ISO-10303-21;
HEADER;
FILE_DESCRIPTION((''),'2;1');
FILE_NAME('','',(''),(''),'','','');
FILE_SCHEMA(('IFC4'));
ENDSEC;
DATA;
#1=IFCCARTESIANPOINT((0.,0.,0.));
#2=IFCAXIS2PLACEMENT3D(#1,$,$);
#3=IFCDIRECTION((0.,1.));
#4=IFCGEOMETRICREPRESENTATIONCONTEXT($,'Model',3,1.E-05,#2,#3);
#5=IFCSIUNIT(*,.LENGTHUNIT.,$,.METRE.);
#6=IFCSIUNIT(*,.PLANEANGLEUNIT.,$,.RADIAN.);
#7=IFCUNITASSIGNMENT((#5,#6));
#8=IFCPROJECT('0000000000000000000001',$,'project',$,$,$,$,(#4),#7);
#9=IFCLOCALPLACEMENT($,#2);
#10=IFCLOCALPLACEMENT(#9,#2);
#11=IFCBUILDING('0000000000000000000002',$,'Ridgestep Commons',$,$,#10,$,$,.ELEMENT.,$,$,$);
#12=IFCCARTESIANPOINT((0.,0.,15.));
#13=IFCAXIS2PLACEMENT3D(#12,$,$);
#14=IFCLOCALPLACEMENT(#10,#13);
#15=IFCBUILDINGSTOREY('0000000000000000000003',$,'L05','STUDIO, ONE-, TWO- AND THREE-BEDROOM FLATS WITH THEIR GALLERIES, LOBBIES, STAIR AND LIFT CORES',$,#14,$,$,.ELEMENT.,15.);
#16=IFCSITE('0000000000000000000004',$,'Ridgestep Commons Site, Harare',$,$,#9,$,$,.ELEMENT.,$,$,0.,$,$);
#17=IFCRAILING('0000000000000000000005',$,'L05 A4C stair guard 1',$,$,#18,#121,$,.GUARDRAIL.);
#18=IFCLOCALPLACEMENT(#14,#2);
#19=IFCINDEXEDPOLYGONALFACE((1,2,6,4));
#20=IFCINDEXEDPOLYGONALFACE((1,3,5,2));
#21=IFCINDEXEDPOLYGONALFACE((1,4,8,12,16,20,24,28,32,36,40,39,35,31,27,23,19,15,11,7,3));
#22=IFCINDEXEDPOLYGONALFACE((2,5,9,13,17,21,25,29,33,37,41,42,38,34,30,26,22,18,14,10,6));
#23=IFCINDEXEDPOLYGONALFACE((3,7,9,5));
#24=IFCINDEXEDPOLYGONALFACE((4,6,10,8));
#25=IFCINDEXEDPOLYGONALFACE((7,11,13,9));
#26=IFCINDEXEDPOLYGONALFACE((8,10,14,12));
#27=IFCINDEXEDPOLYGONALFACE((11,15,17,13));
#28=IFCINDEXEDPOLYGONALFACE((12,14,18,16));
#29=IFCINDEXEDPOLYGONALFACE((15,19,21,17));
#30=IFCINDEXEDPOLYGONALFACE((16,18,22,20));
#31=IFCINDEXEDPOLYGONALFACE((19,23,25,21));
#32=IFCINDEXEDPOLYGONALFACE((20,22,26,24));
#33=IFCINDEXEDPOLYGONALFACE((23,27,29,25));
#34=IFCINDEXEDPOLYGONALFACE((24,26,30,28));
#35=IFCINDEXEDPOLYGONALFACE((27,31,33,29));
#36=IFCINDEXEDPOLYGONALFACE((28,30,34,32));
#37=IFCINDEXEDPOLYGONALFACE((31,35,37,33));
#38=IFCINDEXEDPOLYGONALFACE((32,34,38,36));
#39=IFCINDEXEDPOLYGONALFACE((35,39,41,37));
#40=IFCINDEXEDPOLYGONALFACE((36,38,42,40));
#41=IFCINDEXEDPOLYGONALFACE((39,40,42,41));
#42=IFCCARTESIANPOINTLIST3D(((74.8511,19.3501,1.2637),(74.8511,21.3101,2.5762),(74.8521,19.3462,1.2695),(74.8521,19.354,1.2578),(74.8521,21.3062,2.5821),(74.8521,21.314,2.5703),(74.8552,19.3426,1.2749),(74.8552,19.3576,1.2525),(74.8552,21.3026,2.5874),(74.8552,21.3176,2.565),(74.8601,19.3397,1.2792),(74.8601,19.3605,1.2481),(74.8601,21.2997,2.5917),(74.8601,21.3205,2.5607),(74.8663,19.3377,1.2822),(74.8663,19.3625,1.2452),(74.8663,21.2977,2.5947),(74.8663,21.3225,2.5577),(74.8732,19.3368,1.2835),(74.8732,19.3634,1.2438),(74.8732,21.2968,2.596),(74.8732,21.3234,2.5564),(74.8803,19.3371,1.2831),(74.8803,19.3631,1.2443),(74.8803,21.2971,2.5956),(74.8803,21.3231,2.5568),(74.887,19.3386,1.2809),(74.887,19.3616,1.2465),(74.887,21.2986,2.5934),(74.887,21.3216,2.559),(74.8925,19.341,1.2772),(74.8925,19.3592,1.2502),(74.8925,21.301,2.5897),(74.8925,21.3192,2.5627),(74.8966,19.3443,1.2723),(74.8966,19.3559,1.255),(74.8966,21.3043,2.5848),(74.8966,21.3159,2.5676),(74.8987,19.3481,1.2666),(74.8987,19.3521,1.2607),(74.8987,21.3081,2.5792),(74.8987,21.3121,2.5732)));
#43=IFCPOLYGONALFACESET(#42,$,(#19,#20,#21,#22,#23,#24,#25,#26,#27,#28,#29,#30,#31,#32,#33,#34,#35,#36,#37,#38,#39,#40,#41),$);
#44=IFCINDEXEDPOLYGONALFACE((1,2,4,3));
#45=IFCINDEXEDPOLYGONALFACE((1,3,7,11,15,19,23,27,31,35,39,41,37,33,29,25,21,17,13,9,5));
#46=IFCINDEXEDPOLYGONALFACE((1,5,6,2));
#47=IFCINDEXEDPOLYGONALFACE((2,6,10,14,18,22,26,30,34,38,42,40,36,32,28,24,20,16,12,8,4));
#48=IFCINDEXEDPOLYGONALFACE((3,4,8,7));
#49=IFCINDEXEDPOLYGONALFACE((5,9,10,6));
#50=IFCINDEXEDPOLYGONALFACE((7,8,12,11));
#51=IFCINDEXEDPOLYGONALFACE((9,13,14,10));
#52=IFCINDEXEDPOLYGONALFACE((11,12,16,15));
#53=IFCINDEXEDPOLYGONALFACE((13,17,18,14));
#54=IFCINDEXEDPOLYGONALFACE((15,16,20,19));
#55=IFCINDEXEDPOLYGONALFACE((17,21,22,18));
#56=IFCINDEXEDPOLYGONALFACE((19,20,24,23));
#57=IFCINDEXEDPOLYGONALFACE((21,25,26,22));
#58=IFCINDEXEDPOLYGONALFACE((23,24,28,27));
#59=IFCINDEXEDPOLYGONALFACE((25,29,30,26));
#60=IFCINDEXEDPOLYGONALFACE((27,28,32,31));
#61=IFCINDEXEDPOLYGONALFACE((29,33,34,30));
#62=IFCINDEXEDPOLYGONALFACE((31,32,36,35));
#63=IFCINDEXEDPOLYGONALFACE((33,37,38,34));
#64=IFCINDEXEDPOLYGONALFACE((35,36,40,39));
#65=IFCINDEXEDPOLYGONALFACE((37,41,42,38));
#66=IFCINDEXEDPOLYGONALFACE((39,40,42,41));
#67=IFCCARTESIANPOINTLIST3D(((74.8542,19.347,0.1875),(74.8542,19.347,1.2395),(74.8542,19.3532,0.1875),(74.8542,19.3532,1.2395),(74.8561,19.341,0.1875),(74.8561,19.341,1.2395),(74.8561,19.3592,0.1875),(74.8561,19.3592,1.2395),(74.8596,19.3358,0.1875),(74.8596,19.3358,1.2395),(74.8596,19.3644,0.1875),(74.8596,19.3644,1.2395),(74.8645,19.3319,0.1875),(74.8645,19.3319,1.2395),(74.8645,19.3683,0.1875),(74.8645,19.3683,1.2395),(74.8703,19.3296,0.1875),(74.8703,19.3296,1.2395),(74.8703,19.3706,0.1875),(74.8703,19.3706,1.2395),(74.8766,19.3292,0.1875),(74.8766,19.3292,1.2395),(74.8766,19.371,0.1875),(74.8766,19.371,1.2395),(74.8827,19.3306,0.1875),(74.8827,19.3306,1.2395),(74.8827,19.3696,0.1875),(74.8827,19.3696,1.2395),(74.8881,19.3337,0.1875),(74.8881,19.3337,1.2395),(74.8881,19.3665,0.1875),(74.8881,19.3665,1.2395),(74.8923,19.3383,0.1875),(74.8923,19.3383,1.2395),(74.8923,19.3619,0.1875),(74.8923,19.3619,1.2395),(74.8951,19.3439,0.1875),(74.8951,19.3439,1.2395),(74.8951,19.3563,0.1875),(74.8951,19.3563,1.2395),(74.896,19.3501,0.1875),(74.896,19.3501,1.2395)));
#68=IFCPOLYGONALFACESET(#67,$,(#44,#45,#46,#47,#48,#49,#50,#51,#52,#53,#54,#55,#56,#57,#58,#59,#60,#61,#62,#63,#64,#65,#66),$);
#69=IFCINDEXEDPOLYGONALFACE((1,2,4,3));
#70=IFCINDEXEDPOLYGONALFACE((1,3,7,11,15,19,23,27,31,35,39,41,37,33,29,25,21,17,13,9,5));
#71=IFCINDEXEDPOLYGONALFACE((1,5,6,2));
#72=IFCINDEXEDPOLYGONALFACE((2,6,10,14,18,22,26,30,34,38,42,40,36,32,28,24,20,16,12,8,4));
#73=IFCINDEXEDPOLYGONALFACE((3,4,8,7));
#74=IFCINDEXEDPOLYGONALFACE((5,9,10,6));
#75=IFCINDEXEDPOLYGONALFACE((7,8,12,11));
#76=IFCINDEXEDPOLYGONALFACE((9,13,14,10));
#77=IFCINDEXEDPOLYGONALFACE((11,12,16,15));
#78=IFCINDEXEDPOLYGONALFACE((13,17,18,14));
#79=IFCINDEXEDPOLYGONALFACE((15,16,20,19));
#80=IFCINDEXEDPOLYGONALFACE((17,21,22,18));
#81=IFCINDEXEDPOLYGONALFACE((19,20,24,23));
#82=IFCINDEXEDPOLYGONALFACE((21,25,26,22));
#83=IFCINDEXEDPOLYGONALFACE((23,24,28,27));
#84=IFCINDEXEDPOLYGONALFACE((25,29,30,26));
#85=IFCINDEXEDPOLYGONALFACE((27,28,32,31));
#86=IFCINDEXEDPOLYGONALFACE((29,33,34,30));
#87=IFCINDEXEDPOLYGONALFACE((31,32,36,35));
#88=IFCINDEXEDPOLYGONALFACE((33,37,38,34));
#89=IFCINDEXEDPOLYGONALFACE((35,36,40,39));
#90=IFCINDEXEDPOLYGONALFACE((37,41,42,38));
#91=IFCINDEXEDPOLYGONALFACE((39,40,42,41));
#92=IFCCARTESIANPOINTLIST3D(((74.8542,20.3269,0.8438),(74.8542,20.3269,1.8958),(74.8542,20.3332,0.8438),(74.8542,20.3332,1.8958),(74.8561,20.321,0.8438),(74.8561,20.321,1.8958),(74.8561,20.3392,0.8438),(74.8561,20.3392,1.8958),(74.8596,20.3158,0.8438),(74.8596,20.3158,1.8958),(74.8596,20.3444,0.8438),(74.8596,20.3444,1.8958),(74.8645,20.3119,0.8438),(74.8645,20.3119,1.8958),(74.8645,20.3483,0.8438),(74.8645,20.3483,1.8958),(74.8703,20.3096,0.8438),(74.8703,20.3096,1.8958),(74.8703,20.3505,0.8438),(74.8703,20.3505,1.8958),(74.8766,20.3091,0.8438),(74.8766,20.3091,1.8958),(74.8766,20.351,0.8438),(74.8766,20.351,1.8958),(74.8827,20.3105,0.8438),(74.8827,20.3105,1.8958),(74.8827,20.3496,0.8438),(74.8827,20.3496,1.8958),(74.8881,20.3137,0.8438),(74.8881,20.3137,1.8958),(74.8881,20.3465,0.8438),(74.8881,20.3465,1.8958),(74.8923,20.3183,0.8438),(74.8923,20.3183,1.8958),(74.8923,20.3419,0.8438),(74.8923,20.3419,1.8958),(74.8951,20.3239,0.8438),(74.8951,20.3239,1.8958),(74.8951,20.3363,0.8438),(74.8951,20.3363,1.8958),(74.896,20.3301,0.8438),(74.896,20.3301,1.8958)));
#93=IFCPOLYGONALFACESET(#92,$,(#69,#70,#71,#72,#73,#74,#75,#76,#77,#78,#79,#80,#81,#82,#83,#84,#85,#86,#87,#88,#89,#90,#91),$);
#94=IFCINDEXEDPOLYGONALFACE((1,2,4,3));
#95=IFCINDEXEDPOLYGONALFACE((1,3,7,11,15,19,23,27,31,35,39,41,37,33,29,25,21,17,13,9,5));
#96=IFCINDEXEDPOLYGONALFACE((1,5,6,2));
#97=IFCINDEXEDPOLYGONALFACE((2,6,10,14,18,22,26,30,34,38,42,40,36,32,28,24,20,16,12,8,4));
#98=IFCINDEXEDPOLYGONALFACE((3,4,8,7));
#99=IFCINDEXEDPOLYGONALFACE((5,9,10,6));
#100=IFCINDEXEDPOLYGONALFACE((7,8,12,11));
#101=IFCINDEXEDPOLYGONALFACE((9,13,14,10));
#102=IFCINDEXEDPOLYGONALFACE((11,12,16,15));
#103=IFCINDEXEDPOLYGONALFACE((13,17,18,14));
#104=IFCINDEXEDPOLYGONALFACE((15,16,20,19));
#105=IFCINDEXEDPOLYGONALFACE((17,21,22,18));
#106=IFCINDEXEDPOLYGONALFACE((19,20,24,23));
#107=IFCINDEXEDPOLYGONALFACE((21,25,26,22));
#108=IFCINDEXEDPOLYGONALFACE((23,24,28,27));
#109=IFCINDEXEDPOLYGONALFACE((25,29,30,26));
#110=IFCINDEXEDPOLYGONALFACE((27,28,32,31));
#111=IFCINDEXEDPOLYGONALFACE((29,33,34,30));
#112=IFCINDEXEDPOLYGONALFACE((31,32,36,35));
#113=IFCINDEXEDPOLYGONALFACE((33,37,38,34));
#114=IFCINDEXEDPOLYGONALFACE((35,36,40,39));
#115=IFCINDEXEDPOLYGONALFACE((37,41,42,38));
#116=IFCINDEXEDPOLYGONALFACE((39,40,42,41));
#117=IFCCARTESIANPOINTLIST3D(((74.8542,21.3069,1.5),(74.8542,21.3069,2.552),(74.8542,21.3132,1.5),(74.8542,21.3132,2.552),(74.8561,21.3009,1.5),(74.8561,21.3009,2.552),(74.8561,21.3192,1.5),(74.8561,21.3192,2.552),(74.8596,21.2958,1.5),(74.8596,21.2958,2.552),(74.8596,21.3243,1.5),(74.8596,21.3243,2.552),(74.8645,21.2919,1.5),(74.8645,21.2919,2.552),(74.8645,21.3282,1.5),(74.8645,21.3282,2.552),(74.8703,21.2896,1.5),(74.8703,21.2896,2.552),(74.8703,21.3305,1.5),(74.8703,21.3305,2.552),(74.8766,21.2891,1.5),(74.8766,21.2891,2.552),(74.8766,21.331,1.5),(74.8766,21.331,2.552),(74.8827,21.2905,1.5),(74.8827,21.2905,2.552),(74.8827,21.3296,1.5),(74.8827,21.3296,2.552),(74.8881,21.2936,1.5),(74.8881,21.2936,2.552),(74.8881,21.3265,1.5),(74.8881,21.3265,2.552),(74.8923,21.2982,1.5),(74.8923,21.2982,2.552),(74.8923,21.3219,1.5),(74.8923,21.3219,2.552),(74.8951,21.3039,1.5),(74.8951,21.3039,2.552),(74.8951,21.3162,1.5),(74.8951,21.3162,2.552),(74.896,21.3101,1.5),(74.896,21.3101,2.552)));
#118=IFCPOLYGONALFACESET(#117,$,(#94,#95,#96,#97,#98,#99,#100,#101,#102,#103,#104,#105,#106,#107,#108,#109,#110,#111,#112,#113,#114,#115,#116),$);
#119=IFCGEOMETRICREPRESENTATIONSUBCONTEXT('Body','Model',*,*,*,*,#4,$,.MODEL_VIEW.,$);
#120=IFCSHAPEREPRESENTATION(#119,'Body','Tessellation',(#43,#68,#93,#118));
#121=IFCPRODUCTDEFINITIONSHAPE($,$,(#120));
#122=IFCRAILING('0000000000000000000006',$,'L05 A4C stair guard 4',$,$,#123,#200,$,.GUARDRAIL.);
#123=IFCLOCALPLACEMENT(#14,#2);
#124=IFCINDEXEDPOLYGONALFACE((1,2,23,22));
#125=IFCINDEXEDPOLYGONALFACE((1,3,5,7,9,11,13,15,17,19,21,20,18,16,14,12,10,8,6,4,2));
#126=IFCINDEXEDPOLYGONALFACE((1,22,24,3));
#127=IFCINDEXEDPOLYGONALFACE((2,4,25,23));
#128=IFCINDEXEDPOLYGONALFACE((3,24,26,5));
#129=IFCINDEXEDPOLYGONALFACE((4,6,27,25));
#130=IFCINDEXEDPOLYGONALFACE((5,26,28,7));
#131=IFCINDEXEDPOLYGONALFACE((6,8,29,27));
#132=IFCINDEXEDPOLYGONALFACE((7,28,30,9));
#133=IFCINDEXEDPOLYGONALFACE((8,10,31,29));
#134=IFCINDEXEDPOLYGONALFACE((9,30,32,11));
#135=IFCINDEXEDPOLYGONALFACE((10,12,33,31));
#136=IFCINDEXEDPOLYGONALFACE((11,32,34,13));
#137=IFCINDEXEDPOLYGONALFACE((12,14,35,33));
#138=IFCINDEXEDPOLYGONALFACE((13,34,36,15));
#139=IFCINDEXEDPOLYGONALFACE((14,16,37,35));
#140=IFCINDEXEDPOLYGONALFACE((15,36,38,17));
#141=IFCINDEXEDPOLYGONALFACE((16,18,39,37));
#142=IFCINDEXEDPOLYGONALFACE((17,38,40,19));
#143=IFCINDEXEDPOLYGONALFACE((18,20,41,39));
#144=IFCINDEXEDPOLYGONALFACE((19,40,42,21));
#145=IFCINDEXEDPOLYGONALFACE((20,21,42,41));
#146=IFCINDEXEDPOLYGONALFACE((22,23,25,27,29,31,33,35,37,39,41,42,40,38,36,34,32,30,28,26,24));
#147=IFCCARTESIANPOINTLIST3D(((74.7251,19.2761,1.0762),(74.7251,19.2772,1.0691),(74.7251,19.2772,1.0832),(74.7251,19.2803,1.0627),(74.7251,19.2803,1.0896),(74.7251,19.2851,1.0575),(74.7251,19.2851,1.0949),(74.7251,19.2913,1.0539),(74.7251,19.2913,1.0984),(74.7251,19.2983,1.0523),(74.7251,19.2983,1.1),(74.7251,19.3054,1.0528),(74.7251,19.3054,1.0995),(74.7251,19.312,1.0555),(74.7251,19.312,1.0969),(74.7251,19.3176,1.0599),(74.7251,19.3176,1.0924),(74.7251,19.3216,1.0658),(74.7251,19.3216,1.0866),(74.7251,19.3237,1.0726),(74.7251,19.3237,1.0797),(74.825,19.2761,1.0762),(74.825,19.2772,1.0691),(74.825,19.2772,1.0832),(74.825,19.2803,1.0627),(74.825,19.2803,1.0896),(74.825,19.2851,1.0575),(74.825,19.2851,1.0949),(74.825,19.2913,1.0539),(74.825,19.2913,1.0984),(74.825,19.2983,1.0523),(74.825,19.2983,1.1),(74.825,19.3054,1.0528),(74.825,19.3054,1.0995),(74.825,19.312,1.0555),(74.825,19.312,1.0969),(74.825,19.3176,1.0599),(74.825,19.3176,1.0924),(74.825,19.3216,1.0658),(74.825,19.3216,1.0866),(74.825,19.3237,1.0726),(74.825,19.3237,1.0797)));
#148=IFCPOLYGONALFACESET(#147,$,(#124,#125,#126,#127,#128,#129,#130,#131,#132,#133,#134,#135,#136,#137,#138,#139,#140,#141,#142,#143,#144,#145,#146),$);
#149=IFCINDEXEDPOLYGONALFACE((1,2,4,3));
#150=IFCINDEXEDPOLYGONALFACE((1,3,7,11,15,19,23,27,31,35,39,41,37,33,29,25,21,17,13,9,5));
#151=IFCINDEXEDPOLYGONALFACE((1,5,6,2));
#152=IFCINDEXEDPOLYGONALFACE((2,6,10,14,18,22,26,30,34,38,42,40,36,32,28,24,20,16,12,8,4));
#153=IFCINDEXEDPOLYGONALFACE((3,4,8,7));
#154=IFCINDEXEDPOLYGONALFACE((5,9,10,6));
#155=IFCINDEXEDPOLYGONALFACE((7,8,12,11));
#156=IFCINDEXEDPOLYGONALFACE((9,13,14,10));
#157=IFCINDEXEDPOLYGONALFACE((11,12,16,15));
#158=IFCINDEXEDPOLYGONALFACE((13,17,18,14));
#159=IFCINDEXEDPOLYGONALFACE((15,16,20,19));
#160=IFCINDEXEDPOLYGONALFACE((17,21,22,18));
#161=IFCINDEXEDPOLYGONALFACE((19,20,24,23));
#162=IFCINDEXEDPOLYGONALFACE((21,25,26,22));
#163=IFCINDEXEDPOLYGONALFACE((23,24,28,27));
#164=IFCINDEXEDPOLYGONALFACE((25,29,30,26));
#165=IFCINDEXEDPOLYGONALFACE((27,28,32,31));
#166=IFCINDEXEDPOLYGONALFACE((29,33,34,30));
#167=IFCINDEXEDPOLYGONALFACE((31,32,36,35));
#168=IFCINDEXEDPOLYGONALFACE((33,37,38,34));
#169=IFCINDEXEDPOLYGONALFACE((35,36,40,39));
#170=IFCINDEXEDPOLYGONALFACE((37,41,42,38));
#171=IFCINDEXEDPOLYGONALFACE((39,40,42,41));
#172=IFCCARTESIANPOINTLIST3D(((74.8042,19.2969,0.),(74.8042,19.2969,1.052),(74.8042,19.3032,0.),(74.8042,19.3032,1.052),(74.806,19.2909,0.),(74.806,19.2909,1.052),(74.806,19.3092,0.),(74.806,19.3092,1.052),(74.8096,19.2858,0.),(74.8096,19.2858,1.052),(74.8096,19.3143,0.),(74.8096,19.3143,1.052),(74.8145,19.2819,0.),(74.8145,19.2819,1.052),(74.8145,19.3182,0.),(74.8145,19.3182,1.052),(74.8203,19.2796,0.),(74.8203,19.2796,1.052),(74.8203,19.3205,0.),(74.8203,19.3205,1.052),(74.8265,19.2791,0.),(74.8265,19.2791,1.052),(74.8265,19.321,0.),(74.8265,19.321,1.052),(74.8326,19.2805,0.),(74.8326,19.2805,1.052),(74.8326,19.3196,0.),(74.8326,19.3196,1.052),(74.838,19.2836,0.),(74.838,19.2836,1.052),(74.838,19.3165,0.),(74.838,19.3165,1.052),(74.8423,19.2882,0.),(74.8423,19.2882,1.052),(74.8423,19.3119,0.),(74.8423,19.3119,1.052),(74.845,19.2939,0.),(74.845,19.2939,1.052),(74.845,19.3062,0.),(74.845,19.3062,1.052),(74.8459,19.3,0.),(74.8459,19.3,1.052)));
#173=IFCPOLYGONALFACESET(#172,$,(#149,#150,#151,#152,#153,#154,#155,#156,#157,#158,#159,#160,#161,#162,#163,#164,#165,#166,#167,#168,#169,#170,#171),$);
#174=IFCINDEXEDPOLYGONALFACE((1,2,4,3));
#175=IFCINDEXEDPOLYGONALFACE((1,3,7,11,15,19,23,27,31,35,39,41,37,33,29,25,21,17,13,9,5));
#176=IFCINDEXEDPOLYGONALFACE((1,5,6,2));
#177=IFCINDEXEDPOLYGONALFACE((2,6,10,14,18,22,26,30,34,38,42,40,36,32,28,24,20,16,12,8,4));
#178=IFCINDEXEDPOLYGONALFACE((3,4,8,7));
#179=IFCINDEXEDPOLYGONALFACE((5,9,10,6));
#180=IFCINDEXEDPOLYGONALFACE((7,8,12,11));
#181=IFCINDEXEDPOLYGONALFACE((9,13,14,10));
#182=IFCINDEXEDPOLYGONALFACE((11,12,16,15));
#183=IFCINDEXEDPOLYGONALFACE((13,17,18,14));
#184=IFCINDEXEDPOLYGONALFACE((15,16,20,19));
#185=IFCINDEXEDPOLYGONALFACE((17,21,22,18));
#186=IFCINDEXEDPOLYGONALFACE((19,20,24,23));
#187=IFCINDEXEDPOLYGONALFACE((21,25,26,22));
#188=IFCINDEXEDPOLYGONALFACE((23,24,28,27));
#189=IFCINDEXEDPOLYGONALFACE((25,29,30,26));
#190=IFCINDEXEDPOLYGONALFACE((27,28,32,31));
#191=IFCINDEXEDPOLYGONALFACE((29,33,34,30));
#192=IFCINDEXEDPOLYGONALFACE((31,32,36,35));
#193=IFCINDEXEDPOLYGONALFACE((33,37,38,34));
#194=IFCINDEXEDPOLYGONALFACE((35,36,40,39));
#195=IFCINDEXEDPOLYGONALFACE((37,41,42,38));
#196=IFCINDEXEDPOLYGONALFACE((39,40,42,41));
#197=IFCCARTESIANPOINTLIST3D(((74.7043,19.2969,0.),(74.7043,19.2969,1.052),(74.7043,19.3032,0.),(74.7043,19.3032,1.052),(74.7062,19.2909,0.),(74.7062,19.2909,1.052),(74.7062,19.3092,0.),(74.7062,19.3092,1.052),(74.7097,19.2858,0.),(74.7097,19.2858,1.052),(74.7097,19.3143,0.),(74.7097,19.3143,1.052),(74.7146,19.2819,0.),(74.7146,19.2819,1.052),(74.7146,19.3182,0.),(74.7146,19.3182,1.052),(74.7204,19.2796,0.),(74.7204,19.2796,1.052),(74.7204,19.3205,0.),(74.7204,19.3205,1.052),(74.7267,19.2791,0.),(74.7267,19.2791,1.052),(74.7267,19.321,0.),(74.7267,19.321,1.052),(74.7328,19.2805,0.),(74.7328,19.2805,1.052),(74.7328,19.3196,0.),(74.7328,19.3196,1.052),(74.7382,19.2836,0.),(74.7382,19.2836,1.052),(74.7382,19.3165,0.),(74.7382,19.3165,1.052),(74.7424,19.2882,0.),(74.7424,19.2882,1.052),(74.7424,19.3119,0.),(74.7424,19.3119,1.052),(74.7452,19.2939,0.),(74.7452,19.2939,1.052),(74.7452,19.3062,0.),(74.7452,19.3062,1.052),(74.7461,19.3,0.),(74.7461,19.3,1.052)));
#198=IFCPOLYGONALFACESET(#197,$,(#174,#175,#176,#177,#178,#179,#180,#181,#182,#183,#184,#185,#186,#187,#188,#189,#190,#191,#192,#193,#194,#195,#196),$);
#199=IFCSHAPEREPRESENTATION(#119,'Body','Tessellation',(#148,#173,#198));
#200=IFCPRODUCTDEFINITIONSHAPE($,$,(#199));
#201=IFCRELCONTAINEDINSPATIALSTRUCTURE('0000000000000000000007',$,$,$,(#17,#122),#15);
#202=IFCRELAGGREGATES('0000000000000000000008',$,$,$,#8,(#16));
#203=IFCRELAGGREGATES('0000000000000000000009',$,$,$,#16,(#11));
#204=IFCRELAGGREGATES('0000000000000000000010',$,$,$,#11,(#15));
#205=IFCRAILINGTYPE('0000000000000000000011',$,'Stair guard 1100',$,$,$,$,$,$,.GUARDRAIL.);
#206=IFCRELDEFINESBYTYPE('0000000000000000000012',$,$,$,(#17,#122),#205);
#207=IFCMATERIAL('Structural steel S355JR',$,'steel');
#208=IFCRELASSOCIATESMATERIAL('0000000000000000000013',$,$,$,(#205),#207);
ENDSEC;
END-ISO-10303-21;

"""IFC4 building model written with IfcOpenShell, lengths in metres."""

from ifc_helpers import new_model, si_unit, direction, frame, origin, origin_2d, place, context, subcontext, project, spatial, circle, extrude, material, type_object, element, save


model = new_model("IFC4")

# Units and contexts
model_context = context("Model", 3, precision=1e-05, world=origin(), true_north=direction((0.0, 1.0)))
body_context = subcontext(model_context, "Body", "Model", "MODEL_VIEW")
ifc_project = project(units=[si_unit("LENGTHUNIT", "METRE"), si_unit("PLANEANGLEUNIT", "RADIAN")], contexts=[model_context])

# Site, building, storey
site_placement = place(None, origin())
site = spatial("IfcSite", under=ifc_project, at=site_placement, Name="Ridgestep Commons Site, Harare", CompositionType="ELEMENT", RefElevation=0.0)
building_placement = place(site_placement, origin())
building = spatial("IfcBuilding", under=site, at=building_placement, Name="Ridgestep Commons", CompositionType="ELEMENT")
storey_placement = place(building_placement, frame((0.0, 0.0, 15.0)))
storey = spatial("IfcBuildingStorey", under=building, at=storey_placement, Name="L05", Description="STUDIO, ONE-, TWO- AND THREE-BEDROOM FLATS WITH THEIR GALLERIES, LOBBIES, STAIR AND LIFT CORES", CompositionType="ELEMENT", Elevation=15.0)

# Railings
ifc_material_1 = material(Name="Structural steel S355JR", Category="steel")
railing_type_1 = type_object("IfcRailingType", Name="Stair guard 1100", PredefinedType="GUARDRAIL", material=ifc_material_1)
railing_1_placement = place(storey_placement, frame((74.875, 19.3501, 0.1875)))
element("IfcRailing", 1, at=railing_1_placement, inside=storey, type_object=railing_type_1, Name="L05 A4C stair guard 1", PredefinedType="GUARDRAIL", context=body_context, shape_type="SweptSolid", body=[
    extrude(circle(Radius=0.0239, at=origin_2d()), frame((0.0, 0.0, 1.0762), z_axis=(0.0, 0.830902, 0.556419), x_axis=(-1.0, 0.0, 0.0)), (0.0, 0.0, 1.0), 2.3589),
    extrude(circle(Radius=0.021, at=origin_2d()), origin(), (0.0, 0.0, 1.0), 1.052),
    extrude(circle(Radius=0.021, at=origin_2d()), frame((0.0, 0.98, 0.6562)), (0.0, 0.0, 1.0), 1.052),
    extrude(circle(Radius=0.021, at=origin_2d()), frame((0.0, 1.96, 1.3125)), (0.0, 0.0, 1.0), 1.052),
])
railing_2_placement = place(storey_placement, frame((74.825, 19.3, 0.0)))
element("IfcRailing", 2, at=railing_2_placement, inside=storey, type_object=railing_type_1, Name="L05 A4C stair guard 4", PredefinedType="GUARDRAIL", context=body_context, shape_type="SweptSolid", body=[
    extrude(circle(Radius=0.0239, at=origin_2d()), frame((0.0, 0.0, 1.0762), z_axis=(-1.0, 0.0, 0.0), x_axis=(0.0, -1.0, 0.0)), (0.0, 0.0, 1.0), 0.0999),
    extrude(circle(Radius=0.021, at=origin_2d()), origin(), (0.0, 0.0, 1.0), 1.052),
    extrude(circle(Radius=0.021, at=origin_2d()), frame((-0.0999, 0.0, 0.0)), (0.0, 0.0, 1.0), 1.052),
])

save(model, "model.ifc")
